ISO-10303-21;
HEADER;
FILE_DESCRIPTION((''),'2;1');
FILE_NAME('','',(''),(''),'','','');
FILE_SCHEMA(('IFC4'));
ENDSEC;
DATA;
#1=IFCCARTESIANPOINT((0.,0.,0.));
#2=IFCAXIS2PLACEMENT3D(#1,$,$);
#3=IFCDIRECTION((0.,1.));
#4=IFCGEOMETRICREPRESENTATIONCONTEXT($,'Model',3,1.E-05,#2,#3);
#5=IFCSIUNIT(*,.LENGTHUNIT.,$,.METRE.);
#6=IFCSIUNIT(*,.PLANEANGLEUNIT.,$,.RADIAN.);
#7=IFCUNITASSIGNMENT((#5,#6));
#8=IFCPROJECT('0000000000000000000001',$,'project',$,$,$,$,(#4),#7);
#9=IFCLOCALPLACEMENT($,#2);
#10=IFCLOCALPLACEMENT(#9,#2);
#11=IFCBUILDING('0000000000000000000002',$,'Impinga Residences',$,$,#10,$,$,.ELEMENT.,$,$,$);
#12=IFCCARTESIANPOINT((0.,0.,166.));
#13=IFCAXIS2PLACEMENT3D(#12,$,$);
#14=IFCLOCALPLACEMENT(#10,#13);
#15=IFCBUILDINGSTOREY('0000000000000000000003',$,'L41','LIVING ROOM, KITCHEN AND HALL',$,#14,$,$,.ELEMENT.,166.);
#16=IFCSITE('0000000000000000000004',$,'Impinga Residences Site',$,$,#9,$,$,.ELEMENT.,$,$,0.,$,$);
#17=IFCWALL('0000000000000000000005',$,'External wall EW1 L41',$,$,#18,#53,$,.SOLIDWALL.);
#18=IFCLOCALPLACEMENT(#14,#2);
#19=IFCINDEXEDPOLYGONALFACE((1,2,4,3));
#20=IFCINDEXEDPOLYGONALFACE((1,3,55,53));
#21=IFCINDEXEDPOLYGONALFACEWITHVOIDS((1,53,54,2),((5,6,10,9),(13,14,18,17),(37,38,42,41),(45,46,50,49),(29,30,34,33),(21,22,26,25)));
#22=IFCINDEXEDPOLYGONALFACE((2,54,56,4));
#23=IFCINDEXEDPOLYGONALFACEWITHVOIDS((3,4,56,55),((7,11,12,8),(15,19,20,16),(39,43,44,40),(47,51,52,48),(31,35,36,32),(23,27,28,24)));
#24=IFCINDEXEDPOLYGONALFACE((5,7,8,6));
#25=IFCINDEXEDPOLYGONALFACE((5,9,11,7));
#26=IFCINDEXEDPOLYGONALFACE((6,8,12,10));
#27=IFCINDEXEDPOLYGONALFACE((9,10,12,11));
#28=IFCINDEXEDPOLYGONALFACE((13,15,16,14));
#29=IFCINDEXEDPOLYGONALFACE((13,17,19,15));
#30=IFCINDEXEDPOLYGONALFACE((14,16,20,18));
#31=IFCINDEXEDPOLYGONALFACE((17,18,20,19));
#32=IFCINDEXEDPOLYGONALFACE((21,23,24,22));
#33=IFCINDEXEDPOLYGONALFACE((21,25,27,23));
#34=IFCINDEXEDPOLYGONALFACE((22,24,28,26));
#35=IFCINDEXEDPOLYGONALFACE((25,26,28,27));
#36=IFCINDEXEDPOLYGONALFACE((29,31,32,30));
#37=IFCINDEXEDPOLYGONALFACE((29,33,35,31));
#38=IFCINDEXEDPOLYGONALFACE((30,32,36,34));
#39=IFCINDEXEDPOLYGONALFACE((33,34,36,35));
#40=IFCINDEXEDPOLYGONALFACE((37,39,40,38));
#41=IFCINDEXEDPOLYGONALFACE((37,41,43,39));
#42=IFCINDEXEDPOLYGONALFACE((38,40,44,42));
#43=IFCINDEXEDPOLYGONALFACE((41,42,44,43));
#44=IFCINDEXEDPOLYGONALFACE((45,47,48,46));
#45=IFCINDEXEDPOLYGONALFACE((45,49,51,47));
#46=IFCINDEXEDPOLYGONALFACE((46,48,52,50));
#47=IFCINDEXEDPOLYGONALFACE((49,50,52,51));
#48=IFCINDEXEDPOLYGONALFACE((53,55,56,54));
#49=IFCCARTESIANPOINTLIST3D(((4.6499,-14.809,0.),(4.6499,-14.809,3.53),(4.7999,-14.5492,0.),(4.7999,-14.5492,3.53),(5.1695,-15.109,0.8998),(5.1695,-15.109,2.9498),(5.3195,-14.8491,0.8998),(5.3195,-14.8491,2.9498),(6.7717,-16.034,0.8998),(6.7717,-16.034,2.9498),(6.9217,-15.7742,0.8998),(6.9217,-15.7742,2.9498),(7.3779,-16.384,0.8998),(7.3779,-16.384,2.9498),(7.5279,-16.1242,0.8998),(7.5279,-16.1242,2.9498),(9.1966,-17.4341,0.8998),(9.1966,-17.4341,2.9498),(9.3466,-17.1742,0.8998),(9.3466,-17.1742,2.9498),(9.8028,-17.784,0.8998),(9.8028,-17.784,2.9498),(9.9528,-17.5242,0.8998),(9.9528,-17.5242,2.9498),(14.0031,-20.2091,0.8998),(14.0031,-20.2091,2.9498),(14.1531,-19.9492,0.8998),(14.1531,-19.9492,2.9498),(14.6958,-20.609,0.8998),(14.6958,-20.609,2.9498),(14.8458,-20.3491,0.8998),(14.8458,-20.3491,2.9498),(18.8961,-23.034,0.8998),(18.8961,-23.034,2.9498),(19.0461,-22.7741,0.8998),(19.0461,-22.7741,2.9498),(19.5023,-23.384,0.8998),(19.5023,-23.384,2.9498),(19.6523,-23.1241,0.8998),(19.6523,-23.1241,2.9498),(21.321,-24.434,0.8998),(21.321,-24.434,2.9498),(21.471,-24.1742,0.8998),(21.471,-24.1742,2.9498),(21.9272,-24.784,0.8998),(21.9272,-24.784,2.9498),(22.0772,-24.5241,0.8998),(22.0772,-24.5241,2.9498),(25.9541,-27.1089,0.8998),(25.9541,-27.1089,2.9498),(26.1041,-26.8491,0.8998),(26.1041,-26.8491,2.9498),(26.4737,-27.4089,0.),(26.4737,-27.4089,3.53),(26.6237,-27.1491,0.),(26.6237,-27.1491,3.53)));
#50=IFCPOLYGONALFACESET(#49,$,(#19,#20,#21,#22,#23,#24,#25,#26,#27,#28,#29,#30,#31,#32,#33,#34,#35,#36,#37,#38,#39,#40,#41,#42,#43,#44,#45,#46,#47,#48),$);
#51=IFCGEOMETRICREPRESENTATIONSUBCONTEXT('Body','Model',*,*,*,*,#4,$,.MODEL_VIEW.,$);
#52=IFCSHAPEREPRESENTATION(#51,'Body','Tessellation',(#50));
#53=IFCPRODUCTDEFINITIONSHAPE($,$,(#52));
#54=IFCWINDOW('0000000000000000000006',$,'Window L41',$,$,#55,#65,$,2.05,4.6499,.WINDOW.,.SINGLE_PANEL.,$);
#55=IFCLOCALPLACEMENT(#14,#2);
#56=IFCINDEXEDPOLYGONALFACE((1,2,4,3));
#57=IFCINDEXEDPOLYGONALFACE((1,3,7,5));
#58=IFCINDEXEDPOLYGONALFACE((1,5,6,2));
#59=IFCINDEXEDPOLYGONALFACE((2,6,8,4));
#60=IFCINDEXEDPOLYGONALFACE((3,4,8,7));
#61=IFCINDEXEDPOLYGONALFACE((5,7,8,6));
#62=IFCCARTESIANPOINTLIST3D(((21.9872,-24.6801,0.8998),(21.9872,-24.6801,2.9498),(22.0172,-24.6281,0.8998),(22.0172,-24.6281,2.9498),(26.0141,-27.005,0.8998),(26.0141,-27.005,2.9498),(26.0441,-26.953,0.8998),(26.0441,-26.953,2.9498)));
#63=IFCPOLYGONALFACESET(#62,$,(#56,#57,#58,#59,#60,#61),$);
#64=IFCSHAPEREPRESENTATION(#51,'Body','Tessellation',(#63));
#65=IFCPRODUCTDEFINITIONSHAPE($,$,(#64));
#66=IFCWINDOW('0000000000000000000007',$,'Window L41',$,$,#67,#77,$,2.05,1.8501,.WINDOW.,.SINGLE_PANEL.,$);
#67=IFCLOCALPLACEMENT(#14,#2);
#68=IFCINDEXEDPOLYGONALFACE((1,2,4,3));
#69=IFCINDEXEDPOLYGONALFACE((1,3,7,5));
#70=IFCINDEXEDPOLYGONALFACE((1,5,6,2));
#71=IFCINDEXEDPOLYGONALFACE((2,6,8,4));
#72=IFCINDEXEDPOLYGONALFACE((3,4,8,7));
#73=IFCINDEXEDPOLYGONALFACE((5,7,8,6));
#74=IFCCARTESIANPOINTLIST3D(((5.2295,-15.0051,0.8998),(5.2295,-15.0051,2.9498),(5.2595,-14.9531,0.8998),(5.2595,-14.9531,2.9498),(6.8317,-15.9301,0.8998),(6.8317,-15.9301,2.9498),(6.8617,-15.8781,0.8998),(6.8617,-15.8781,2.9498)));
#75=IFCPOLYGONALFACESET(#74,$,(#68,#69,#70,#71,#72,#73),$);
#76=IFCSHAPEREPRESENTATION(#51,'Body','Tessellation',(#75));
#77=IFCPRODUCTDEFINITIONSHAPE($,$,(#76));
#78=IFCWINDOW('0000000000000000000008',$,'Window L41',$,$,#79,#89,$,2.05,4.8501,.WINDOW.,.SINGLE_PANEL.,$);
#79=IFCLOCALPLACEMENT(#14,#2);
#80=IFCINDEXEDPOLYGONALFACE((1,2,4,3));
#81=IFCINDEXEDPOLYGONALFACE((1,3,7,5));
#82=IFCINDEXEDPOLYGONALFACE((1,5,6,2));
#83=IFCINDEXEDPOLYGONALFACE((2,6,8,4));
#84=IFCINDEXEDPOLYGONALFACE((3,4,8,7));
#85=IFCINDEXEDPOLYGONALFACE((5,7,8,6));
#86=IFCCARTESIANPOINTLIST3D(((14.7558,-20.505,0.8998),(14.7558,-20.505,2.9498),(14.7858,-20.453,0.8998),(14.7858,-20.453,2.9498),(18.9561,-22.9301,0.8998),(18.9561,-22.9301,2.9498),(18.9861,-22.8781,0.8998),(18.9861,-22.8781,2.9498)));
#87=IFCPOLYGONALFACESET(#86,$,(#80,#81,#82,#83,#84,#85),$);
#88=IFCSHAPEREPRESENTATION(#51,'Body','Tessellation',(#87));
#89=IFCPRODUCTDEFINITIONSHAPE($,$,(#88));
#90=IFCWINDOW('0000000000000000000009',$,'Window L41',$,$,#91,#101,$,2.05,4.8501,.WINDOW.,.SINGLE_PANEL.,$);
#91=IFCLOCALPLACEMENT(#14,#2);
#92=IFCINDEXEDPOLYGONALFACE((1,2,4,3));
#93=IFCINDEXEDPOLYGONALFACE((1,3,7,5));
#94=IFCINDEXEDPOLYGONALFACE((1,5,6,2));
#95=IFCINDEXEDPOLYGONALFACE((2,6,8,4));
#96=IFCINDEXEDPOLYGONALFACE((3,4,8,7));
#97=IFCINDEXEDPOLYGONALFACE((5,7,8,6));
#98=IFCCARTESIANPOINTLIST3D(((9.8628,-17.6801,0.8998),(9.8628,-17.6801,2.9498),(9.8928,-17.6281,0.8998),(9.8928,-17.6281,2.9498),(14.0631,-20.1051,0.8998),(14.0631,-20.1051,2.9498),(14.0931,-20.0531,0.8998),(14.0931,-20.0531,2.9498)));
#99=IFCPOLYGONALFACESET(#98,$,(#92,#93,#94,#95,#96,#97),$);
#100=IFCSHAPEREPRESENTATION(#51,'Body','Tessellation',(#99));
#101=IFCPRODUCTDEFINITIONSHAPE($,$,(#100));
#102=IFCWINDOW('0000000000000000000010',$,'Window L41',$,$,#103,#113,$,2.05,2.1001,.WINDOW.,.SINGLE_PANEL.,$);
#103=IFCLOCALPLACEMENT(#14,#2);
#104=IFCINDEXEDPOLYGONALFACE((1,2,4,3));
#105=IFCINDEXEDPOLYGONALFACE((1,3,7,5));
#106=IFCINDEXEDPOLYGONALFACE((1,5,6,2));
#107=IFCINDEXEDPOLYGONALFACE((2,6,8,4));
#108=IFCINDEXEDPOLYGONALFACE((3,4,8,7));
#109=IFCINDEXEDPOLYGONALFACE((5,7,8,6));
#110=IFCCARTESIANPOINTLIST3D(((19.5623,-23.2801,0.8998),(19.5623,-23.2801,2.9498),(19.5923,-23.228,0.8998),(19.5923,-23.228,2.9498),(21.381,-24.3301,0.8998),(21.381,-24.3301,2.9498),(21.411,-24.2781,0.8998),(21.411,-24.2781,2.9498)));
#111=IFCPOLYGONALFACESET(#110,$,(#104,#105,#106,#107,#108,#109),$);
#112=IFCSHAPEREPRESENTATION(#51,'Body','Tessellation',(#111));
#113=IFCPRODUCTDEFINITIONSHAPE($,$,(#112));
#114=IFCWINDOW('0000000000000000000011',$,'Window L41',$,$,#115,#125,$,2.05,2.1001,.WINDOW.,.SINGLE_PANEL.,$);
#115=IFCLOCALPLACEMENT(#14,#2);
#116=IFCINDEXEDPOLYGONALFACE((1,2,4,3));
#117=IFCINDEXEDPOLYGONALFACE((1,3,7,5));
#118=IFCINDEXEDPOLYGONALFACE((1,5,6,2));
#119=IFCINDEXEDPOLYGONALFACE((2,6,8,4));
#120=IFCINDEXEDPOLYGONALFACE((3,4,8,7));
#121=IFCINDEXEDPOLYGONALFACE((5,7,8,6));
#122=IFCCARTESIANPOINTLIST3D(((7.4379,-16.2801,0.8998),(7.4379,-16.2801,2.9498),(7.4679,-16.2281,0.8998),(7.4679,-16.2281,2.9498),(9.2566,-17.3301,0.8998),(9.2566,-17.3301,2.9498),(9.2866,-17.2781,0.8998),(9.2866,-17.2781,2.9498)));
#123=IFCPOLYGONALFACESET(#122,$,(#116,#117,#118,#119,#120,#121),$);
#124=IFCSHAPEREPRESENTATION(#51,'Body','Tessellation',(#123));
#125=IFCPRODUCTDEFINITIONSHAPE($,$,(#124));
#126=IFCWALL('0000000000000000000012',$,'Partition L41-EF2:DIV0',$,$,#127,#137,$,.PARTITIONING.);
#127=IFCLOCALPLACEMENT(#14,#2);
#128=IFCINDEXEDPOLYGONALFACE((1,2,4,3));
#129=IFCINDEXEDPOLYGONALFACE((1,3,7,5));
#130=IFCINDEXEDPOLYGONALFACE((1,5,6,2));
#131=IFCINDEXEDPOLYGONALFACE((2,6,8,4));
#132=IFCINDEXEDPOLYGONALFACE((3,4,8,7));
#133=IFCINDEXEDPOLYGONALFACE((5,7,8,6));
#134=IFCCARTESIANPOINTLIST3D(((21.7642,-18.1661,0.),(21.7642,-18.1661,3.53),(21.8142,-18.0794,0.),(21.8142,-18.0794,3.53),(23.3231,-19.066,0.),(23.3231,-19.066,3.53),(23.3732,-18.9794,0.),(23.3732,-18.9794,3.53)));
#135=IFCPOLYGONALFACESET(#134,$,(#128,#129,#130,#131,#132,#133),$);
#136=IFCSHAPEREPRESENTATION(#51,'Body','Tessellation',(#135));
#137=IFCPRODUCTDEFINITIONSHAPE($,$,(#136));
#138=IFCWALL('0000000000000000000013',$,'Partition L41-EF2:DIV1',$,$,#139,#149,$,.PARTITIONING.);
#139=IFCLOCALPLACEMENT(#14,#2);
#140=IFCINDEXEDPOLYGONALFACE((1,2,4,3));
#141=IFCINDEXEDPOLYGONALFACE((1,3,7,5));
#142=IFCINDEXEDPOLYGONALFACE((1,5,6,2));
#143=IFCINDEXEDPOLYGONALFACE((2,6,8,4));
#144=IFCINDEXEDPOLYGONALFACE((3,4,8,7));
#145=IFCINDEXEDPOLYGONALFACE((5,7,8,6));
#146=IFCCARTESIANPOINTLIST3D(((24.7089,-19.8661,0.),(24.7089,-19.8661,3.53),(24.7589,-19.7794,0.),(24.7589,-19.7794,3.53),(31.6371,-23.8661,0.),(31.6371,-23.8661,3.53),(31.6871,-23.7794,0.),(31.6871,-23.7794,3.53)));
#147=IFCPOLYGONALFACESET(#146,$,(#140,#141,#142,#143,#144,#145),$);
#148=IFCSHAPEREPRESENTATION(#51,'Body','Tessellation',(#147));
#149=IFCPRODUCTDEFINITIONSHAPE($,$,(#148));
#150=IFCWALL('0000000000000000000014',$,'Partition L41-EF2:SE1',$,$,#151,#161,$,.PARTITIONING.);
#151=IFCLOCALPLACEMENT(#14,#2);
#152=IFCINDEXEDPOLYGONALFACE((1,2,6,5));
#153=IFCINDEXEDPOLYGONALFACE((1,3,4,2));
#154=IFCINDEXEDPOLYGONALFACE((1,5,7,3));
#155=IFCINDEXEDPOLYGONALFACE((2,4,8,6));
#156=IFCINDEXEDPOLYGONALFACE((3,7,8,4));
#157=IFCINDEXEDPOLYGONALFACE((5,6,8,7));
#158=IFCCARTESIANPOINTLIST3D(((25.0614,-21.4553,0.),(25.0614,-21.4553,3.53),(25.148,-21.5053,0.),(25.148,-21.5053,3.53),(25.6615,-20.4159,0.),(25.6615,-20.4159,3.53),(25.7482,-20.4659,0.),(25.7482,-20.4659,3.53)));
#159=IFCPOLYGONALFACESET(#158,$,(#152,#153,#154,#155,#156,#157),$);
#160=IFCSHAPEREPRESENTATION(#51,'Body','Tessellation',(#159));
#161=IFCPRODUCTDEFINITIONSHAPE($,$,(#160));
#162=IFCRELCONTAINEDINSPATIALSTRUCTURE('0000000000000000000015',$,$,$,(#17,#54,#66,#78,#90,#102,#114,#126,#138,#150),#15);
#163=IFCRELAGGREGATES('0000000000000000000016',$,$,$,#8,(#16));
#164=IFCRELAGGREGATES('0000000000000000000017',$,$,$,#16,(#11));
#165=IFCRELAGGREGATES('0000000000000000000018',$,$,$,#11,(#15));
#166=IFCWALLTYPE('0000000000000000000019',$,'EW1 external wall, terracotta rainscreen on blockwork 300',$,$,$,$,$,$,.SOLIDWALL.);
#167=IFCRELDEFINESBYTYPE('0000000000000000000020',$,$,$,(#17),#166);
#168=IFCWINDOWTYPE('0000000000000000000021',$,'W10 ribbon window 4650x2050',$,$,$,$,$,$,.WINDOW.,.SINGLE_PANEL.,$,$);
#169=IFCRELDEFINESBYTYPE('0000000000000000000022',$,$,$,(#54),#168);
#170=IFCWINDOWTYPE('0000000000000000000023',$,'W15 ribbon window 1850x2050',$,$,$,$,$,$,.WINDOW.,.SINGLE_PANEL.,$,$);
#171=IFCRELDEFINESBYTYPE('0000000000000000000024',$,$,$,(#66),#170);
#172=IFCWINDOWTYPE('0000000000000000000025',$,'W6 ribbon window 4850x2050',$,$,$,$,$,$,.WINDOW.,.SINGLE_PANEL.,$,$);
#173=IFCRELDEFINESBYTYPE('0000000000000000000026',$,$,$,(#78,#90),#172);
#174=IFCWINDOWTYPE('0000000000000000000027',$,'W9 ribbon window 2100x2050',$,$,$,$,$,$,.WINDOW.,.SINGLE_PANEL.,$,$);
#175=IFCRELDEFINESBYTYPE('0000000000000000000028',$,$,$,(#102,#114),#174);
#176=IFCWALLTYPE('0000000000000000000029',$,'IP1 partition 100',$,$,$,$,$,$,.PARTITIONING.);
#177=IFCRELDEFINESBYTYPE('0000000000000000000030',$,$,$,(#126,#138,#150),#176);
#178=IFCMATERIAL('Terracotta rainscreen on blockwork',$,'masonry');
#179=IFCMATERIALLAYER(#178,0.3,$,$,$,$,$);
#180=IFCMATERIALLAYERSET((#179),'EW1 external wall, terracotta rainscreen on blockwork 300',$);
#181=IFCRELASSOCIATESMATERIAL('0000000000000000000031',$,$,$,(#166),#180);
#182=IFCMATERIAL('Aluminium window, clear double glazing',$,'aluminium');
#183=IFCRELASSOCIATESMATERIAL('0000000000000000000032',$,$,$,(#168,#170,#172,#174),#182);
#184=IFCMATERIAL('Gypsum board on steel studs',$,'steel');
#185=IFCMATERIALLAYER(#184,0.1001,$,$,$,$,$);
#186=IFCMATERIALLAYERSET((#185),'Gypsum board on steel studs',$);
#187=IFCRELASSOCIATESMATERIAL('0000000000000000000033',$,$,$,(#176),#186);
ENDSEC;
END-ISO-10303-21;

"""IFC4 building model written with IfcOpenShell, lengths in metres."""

from ifc_helpers import new_model, si_unit, direction, frame, frame_2d, origin, place, context, subcontext, project, spatial, rectangle, extrude, material, layer, layer_set, type_object, element, fill, save


model = new_model("IFC4")

# Units and contexts
model_context = context("Model", 3, precision=1e-05, world=origin(), true_north=direction((0.0, 1.0)))
body_context = subcontext(model_context, "Body", "Model", "MODEL_VIEW")
ifc_project = project(units=[si_unit("LENGTHUNIT", "METRE"), si_unit("PLANEANGLEUNIT", "RADIAN")], contexts=[model_context])

# Site, building, storey
site_placement = place(None, origin())
site = spatial("IfcSite", under=ifc_project, at=site_placement, Name="Impinga Residences Site", CompositionType="ELEMENT", RefElevation=0.0)
building_placement = place(site_placement, origin())
building = spatial("IfcBuilding", under=site, at=building_placement, Name="Impinga Residences", CompositionType="ELEMENT")
storey_placement = place(building_placement, frame((0.0, 0.0, 166.0)))
storey = spatial("IfcBuildingStorey", under=building, at=storey_placement, Name="L41", Description="LIVING ROOM, KITCHEN AND HALL", CompositionType="ELEMENT", Elevation=166.0)

# Shared definitions
ifc_material_1 = material(Name="Terracotta rainscreen on blockwork", Category="masonry")
ifc_layer_1 = layer(ifc_material_1, 0.3)
ifc_layer_set_1 = layer_set([ifc_layer_1], Name="EW1 external wall, terracotta rainscreen on blockwork 300")
wall_type_1 = type_object("IfcWallType", Name="EW1 external wall, terracotta rainscreen on blockwork 300", PredefinedType="SOLIDWALL", material=ifc_layer_set_1)

# Wall, openings, windows
wall_1_placement = place(storey_placement, frame((26.5488, -27.2791, 0.0), z_axis=(0.0, 0.0, 1.0), x_axis=(-0.866027, 0.499998, 0.0)))
wall_1 = element("IfcWall", 1, at=wall_1_placement, inside=storey, type_object=wall_type_1, Name="External wall EW1 L41", PredefinedType="SOLIDWALL", context=body_context, shape_type="SweptSolid", body=[
    extrude(rectangle(XDim=25.2, YDim=0.3, at=frame_2d((12.6001, 0.0))), origin(), (0.0, 0.0, 1.0), 3.53),
])
opening_1_placement = place(wall_1_placement, frame((0.6001, 0.0, 0.8999)))
opening_1 = element("IfcOpeningElement", 2, at=opening_1_placement, cuts=wall_1, PredefinedType="OPENING", context=body_context, shape_type="SweptSolid", body=[
    extrude(rectangle(XDim=4.6499, YDim=2.05, at=frame_2d((2.325, 1.0249))), frame((0.0, 0.1599, 0.0), z_axis=(0.0, -1.0, 0.0), x_axis=(1.0, 0.0, 0.0)), (0.0, 0.0, 1.0), 0.3201),
])
opening_2_placement = place(wall_1_placement, frame((5.95, 0.0, 0.8999)))
opening_2 = element("IfcOpeningElement", 3, at=opening_2_placement, cuts=wall_1, PredefinedType="OPENING", context=body_context, shape_type="SweptSolid", body=[
    extrude(rectangle(XDim=2.1001, YDim=2.05, at=frame_2d((1.05, 1.0249))), frame((0.0, 0.1599, 0.0), z_axis=(0.0, -1.0, 0.0), x_axis=(1.0, 0.0, 0.0)), (0.0, 0.0, 1.0), 0.3201),
])
opening_3_placement = place(wall_1_placement, frame((8.75, 0.0, 0.8999)))
opening_3 = element("IfcOpeningElement", 4, at=opening_3_placement, cuts=wall_1, PredefinedType="OPENING", context=body_context, shape_type="SweptSolid", body=[
    extrude(rectangle(XDim=4.8501, YDim=2.05, at=frame_2d((2.425, 1.0249))), frame((0.0, 0.1599, 0.0), z_axis=(0.0, -1.0, 0.0), x_axis=(1.0, 0.0, 0.0)), (0.0, 0.0, 1.0), 0.3201),
])
opening_4_placement = place(wall_1_placement, frame((14.3999, 0.0, 0.8999)))
opening_4 = element("IfcOpeningElement", 5, at=opening_4_placement, cuts=wall_1, PredefinedType="OPENING", context=body_context, shape_type="SweptSolid", body=[
    extrude(rectangle(XDim=4.8501, YDim=2.05, at=frame_2d((2.425, 1.0249))), frame((0.0, 0.1599, 0.0), z_axis=(0.0, -1.0, 0.0), x_axis=(1.0, 0.0, 0.0)), (0.0, 0.0, 1.0), 0.3201),
])
opening_5_placement = place(wall_1_placement, frame((19.95, 0.0, 0.8999)))
opening_5 = element("IfcOpeningElement", 6, at=opening_5_placement, cuts=wall_1, PredefinedType="OPENING", context=body_context, shape_type="SweptSolid", body=[
    extrude(rectangle(XDim=2.1001, YDim=2.05, at=frame_2d((1.05, 1.0249))), frame((0.0, 0.1599, 0.0), z_axis=(0.0, -1.0, 0.0), x_axis=(1.0, 0.0, 0.0)), (0.0, 0.0, 1.0), 0.3201),
])
opening_6_placement = place(wall_1_placement, frame((22.75, 0.0, 0.8999)))
opening_6 = element("IfcOpeningElement", 7, at=opening_6_placement, cuts=wall_1, PredefinedType="OPENING", context=body_context, shape_type="SweptSolid", body=[
    extrude(rectangle(XDim=1.8501, YDim=2.05, at=frame_2d((0.925, 1.0249))), frame((0.0, 0.1599, 0.0), z_axis=(0.0, -1.0, 0.0), x_axis=(1.0, 0.0, 0.0)), (0.0, 0.0, 1.0), 0.3201),
])
ifc_material_2 = material(Name="Aluminium window, clear double glazing", Category="aluminium")
window_type_1 = type_object("IfcWindowType", Name="W10 ribbon window 4650x2050", PartitioningType="SINGLE_PANEL", PredefinedType="WINDOW", material=ifc_material_2)
window_1_placement = place(opening_1_placement, origin())
window_1 = element("IfcWindow", 8, at=window_1_placement, inside=storey, type_object=window_type_1, Name="Window L41", OverallHeight=2.05, OverallWidth=4.6499, PartitioningType="SINGLE_PANEL", PredefinedType="WINDOW", context=body_context, shape_type="SweptSolid", body=[
    extrude(rectangle(XDim=4.6499, YDim=2.05, at=frame_2d((2.325, 1.0249))), frame((0.0, 0.03, 0.0), z_axis=(0.0, -1.0, 0.0), x_axis=(1.0, 0.0, 0.0)), (0.0, 0.0, 1.0), 0.0601),
])
fill(opening_1, window_1)
window_type_2 = type_object("IfcWindowType", Name="W15 ribbon window 1850x2050", PartitioningType="SINGLE_PANEL", PredefinedType="WINDOW", material=ifc_material_2)
window_2_placement = place(opening_6_placement, origin())
window_2 = element("IfcWindow", 9, at=window_2_placement, inside=storey, type_object=window_type_2, Name="Window L41", OverallHeight=2.05, OverallWidth=1.8501, PartitioningType="SINGLE_PANEL", PredefinedType="WINDOW", context=body_context, shape_type="SweptSolid", body=[
    extrude(rectangle(XDim=1.8501, YDim=2.05, at=frame_2d((0.925, 1.0249))), frame((0.0, 0.03, 0.0), z_axis=(0.0, -1.0, 0.0), x_axis=(1.0, 0.0, 0.0)), (0.0, 0.0, 1.0), 0.0601),
])
fill(opening_6, window_2)
window_type_3 = type_object("IfcWindowType", Name="W6 ribbon window 4850x2050", PartitioningType="SINGLE_PANEL", PredefinedType="WINDOW", material=ifc_material_2)
window_3_placement = place(opening_3_placement, origin())
window_3 = element("IfcWindow", 10, at=window_3_placement, inside=storey, type_object=window_type_3, Name="Window L41", OverallHeight=2.05, OverallWidth=4.8501, PartitioningType="SINGLE_PANEL", PredefinedType="WINDOW", context=body_context, shape_type="SweptSolid", body=[
    extrude(rectangle(XDim=4.8501, YDim=2.05, at=frame_2d((2.425, 1.0249))), frame((0.0, 0.03, 0.0), z_axis=(0.0, -1.0, 0.0), x_axis=(1.0, 0.0, 0.0)), (0.0, 0.0, 1.0), 0.0601),
])
fill(opening_3, window_3)
window_4_placement = place(opening_4_placement, origin())
window_4 = element("IfcWindow", 11, at=window_4_placement, inside=storey, type_object=window_type_3, Name="Window L41", OverallHeight=2.05, OverallWidth=4.8501, PartitioningType="SINGLE_PANEL", PredefinedType="WINDOW", context=body_context, shape_type="SweptSolid", body=[
    extrude(rectangle(XDim=4.8501, YDim=2.05, at=frame_2d((2.425, 1.0249))), frame((0.0, 0.03, 0.0), z_axis=(0.0, -1.0, 0.0), x_axis=(1.0, 0.0, 0.0)), (0.0, 0.0, 1.0), 0.0601),
])
fill(opening_4, window_4)
window_type_4 = type_object("IfcWindowType", Name="W9 ribbon window 2100x2050", PartitioningType="SINGLE_PANEL", PredefinedType="WINDOW", material=ifc_material_2)
window_5_placement = place(opening_2_placement, origin())
window_5 = element("IfcWindow", 12, at=window_5_placement, inside=storey, type_object=window_type_4, Name="Window L41", OverallHeight=2.05, OverallWidth=2.1001, PartitioningType="SINGLE_PANEL", PredefinedType="WINDOW", context=body_context, shape_type="SweptSolid", body=[
    extrude(rectangle(XDim=2.1001, YDim=2.05, at=frame_2d((1.05, 1.0249))), frame((0.0, 0.03, 0.0), z_axis=(0.0, -1.0, 0.0), x_axis=(1.0, 0.0, 0.0)), (0.0, 0.0, 1.0), 0.0601),
])
fill(opening_2, window_5)
window_6_placement = place(opening_5_placement, origin())
window_6 = element("IfcWindow", 13, at=window_6_placement, inside=storey, type_object=window_type_4, Name="Window L41", OverallHeight=2.05, OverallWidth=2.1001, PartitioningType="SINGLE_PANEL", PredefinedType="WINDOW", context=body_context, shape_type="SweptSolid", body=[
    extrude(rectangle(XDim=2.1001, YDim=2.05, at=frame_2d((1.05, 1.0249))), frame((0.0, 0.03, 0.0), z_axis=(0.0, -1.0, 0.0), x_axis=(1.0, 0.0, 0.0)), (0.0, 0.0, 1.0), 0.0601),
])
fill(opening_5, window_6)

# Walls
ifc_material_3 = material(Name="Gypsum board on steel studs", Category="steel")
ifc_layer_2 = layer(ifc_material_3, 0.1001)
ifc_layer_set_2 = layer_set([ifc_layer_2], Name="Gypsum board on steel studs")
wall_type_2 = type_object("IfcWallType", Name="IP1 partition 100", PredefinedType="PARTITIONING", material=ifc_layer_set_2)
wall_2_placement = place(storey_placement, frame((21.7893, -18.1228, 0.0), z_axis=(0.0, 0.0, 1.0), x_axis=(0.866048, -0.499961, 0.0)))
element("IfcWall", 14, at=wall_2_placement, inside=storey, type_object=wall_type_2, Name="Partition L41-EF2:DIV0", PredefinedType="PARTITIONING", context=body_context, shape_type="SweptSolid", body=[
    extrude(rectangle(XDim=1.8, YDim=0.1001, at=frame_2d((0.8999, 0.0))), origin(), (0.0, 0.0, 1.0), 3.53),
])
wall_3_placement = place(storey_placement, frame((24.7339, -19.8228, 0.0), z_axis=(0.0, 0.0, 1.0), x_axis=(0.866026, -0.499999, 0.0)))
element("IfcWall", 15, at=wall_3_placement, inside=storey, type_object=wall_type_2, Name="Partition L41-EF2:DIV1", PredefinedType="PARTITIONING", context=body_context, shape_type="SweptSolid", body=[
    extrude(rectangle(XDim=8.0, YDim=0.1001, at=frame_2d((4.0, 0.0))), origin(), (0.0, 0.0, 1.0), 3.53),
])
wall_4_placement = place(storey_placement, frame((25.7048, -20.4409, 0.0), z_axis=(0.0, 0.0, 1.0), x_axis=(-0.500034, -0.866006, 0.0)))
element("IfcWall", 16, at=wall_4_placement, inside=storey, type_object=wall_type_2, Name="Partition L41-EF2:SE1", PredefinedType="PARTITIONING", context=body_context, shape_type="SweptSolid", body=[
    extrude(rectangle(XDim=1.2002, YDim=0.1001, at=frame_2d((0.6001, 0.0))), origin(), (0.0, 0.0, 1.0), 3.53),
])

save(model, "model.ifc")
